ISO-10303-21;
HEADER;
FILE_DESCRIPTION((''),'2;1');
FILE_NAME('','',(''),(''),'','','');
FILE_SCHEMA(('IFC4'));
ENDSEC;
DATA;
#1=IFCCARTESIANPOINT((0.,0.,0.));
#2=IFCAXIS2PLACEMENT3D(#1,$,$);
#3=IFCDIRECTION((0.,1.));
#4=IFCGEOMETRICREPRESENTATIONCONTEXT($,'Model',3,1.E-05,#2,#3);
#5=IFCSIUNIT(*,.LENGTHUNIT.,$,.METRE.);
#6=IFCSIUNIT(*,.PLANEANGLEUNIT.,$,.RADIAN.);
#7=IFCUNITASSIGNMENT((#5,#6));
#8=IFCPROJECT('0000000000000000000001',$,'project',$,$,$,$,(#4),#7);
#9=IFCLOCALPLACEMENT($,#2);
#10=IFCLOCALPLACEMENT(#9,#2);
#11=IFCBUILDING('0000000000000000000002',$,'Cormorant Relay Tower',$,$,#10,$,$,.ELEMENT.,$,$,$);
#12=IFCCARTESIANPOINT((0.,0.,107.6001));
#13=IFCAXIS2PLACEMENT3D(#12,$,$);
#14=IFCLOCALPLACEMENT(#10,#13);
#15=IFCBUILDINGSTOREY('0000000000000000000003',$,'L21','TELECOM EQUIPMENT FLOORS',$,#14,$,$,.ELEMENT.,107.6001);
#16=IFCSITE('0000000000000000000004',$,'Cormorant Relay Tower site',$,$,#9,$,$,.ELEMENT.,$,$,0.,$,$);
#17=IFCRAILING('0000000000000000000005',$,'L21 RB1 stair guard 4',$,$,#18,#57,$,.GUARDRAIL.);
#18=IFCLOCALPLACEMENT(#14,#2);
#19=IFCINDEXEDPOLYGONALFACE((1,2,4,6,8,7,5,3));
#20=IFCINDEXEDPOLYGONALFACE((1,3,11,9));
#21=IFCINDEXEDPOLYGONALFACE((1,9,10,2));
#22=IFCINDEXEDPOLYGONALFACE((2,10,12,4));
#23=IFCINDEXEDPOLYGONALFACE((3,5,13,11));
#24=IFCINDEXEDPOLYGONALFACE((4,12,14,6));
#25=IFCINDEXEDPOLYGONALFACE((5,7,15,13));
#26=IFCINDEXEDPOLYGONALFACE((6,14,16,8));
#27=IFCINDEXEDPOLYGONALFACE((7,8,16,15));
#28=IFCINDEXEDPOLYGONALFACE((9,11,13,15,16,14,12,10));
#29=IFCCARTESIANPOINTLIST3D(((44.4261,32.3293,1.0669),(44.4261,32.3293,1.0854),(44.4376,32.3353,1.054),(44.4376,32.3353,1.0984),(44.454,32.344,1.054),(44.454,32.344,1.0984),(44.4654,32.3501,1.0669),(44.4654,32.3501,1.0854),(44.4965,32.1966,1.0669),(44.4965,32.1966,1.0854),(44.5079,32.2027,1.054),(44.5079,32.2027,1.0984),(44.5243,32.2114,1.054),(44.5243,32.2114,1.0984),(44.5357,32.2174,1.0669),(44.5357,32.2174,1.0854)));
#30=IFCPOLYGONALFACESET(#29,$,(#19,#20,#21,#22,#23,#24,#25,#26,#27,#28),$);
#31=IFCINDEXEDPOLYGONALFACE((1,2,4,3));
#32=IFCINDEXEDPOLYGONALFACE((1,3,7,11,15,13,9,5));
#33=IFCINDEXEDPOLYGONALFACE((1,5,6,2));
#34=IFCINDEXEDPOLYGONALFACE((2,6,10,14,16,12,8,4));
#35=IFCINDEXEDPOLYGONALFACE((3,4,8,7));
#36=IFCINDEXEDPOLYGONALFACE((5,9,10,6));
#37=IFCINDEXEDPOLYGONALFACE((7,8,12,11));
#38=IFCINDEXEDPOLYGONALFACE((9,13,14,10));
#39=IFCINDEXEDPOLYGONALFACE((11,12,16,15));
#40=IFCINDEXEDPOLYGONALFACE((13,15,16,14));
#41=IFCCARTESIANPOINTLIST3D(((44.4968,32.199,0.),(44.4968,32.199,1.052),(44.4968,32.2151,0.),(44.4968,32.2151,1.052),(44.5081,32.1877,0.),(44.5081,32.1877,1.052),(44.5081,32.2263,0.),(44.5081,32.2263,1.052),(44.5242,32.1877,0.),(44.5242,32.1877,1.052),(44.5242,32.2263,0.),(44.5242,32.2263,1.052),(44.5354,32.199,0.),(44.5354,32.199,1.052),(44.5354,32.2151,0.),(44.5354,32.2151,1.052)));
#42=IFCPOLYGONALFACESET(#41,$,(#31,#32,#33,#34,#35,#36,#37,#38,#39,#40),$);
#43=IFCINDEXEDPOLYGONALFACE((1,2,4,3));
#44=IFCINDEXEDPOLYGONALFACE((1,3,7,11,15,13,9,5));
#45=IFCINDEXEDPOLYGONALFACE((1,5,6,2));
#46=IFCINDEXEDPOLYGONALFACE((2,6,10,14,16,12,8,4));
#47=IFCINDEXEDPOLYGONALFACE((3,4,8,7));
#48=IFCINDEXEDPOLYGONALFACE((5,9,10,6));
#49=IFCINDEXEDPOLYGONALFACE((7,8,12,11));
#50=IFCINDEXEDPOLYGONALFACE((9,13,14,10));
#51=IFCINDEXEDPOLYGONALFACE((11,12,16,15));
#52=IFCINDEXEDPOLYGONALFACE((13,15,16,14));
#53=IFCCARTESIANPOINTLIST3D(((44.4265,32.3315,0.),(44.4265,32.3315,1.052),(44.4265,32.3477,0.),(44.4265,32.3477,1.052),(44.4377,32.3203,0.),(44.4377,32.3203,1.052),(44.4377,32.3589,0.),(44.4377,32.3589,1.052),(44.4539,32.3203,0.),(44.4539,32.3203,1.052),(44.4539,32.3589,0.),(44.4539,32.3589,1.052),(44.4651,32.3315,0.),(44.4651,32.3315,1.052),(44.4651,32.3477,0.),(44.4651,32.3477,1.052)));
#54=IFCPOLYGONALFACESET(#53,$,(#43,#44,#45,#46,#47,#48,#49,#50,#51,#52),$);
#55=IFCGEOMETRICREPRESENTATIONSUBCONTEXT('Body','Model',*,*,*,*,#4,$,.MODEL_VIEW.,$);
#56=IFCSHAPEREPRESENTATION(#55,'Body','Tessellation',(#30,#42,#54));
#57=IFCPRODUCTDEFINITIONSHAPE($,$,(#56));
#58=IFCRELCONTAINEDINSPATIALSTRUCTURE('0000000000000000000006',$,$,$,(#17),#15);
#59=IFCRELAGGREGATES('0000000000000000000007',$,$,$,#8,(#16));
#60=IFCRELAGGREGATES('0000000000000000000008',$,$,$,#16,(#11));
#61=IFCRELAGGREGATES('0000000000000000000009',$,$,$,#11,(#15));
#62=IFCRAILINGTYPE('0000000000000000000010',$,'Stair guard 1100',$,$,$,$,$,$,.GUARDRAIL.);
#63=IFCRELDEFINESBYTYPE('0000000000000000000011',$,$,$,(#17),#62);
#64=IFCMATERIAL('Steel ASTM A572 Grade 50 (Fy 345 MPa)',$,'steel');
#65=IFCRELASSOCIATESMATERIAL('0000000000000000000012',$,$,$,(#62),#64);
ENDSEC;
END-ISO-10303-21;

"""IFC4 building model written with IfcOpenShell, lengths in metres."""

from ifc_helpers import new_model, si_unit, direction, frame, origin, place, context, subcontext, project, spatial, polyline, outline, extrude, material, type_object, element, save


model = new_model("IFC4")

# Units and contexts
model_context = context("Model", 3, precision=1e-05, world=origin(), true_north=direction((0.0, 1.0)))
body_context = subcontext(model_context, "Body", "Model", "MODEL_VIEW")
ifc_project = project(units=[si_unit("LENGTHUNIT", "METRE"), si_unit("PLANEANGLEUNIT", "RADIAN")], contexts=[model_context])

# Site, building, storey
site_placement = place(None, origin())
site = spatial("IfcSite", under=ifc_project, at=site_placement, Name="Cormorant Relay Tower site", CompositionType="ELEMENT", RefElevation=0.0)
building_placement = place(site_placement, origin())
building = spatial("IfcBuilding", under=site, at=building_placement, Name="Cormorant Relay Tower", CompositionType="ELEMENT")
storey_placement = place(building_placement, frame((0.0, 0.0, 107.6001)))
storey = spatial("IfcBuildingStorey", under=building, at=storey_placement, Name="L21", Description="TELECOM EQUIPMENT FLOORS", CompositionType="ELEMENT", Elevation=107.6001)

# Railing
ifc_material_1 = material(Name="Steel ASTM A572 Grade 50 (Fy 345 MPa)", Category="steel")
railing_type = type_object("IfcRailingType", Name="Stair guard 1100", PredefinedType="GUARDRAIL", material=ifc_material_1)
railing_1_placement = place(storey_placement, frame((44.5161, 32.207, 0.0)))
element("IfcRailing", 1, at=railing_1_placement, inside=storey, type_object=railing_type, Name="L21 RB1 stair guard 4", PredefinedType="GUARDRAIL", context=body_context, shape_type="SweptSolid", body=[
    extrude(outline(polyline([(0.0222, 0.0093), (0.0093, 0.0222), (-0.0093, 0.0222), (-0.0222, 0.0093), (-0.0222, -0.0093), (-0.0093, -0.0222), (0.0093, -0.0222), (0.0222, -0.0093), (0.0222, 0.0093)])), frame((0.0, 0.0, 1.0762), z_axis=(-0.46856, 0.883431, 0.0), x_axis=(-0.883431, -0.46856, 0.0)), (0.0, 0.0, 1.0), 0.1501),
    extrude(outline(polyline([(0.0193, 0.0081), (0.0081, 0.0193), (-0.0081, 0.0193), (-0.0193, 0.0081), (-0.0193, -0.0081), (-0.0081, -0.0193), (0.0081, -0.0193), (0.0193, -0.0081), (0.0193, 0.0081)])), origin(), (0.0, 0.0, 1.0), 1.052),
    extrude(outline(polyline([(0.0193, 0.0081), (0.0081, 0.0193), (-0.0081, 0.0193), (-0.0193, 0.0081), (-0.0193, -0.0081), (-0.0081, -0.0193), (0.0081, -0.0193), (0.0193, -0.0081), (0.0193, 0.0081)])), frame((-0.0703, 0.1326, 0.0)), (0.0, 0.0, 1.0), 1.052),
])

save(model, "model.ifc")
